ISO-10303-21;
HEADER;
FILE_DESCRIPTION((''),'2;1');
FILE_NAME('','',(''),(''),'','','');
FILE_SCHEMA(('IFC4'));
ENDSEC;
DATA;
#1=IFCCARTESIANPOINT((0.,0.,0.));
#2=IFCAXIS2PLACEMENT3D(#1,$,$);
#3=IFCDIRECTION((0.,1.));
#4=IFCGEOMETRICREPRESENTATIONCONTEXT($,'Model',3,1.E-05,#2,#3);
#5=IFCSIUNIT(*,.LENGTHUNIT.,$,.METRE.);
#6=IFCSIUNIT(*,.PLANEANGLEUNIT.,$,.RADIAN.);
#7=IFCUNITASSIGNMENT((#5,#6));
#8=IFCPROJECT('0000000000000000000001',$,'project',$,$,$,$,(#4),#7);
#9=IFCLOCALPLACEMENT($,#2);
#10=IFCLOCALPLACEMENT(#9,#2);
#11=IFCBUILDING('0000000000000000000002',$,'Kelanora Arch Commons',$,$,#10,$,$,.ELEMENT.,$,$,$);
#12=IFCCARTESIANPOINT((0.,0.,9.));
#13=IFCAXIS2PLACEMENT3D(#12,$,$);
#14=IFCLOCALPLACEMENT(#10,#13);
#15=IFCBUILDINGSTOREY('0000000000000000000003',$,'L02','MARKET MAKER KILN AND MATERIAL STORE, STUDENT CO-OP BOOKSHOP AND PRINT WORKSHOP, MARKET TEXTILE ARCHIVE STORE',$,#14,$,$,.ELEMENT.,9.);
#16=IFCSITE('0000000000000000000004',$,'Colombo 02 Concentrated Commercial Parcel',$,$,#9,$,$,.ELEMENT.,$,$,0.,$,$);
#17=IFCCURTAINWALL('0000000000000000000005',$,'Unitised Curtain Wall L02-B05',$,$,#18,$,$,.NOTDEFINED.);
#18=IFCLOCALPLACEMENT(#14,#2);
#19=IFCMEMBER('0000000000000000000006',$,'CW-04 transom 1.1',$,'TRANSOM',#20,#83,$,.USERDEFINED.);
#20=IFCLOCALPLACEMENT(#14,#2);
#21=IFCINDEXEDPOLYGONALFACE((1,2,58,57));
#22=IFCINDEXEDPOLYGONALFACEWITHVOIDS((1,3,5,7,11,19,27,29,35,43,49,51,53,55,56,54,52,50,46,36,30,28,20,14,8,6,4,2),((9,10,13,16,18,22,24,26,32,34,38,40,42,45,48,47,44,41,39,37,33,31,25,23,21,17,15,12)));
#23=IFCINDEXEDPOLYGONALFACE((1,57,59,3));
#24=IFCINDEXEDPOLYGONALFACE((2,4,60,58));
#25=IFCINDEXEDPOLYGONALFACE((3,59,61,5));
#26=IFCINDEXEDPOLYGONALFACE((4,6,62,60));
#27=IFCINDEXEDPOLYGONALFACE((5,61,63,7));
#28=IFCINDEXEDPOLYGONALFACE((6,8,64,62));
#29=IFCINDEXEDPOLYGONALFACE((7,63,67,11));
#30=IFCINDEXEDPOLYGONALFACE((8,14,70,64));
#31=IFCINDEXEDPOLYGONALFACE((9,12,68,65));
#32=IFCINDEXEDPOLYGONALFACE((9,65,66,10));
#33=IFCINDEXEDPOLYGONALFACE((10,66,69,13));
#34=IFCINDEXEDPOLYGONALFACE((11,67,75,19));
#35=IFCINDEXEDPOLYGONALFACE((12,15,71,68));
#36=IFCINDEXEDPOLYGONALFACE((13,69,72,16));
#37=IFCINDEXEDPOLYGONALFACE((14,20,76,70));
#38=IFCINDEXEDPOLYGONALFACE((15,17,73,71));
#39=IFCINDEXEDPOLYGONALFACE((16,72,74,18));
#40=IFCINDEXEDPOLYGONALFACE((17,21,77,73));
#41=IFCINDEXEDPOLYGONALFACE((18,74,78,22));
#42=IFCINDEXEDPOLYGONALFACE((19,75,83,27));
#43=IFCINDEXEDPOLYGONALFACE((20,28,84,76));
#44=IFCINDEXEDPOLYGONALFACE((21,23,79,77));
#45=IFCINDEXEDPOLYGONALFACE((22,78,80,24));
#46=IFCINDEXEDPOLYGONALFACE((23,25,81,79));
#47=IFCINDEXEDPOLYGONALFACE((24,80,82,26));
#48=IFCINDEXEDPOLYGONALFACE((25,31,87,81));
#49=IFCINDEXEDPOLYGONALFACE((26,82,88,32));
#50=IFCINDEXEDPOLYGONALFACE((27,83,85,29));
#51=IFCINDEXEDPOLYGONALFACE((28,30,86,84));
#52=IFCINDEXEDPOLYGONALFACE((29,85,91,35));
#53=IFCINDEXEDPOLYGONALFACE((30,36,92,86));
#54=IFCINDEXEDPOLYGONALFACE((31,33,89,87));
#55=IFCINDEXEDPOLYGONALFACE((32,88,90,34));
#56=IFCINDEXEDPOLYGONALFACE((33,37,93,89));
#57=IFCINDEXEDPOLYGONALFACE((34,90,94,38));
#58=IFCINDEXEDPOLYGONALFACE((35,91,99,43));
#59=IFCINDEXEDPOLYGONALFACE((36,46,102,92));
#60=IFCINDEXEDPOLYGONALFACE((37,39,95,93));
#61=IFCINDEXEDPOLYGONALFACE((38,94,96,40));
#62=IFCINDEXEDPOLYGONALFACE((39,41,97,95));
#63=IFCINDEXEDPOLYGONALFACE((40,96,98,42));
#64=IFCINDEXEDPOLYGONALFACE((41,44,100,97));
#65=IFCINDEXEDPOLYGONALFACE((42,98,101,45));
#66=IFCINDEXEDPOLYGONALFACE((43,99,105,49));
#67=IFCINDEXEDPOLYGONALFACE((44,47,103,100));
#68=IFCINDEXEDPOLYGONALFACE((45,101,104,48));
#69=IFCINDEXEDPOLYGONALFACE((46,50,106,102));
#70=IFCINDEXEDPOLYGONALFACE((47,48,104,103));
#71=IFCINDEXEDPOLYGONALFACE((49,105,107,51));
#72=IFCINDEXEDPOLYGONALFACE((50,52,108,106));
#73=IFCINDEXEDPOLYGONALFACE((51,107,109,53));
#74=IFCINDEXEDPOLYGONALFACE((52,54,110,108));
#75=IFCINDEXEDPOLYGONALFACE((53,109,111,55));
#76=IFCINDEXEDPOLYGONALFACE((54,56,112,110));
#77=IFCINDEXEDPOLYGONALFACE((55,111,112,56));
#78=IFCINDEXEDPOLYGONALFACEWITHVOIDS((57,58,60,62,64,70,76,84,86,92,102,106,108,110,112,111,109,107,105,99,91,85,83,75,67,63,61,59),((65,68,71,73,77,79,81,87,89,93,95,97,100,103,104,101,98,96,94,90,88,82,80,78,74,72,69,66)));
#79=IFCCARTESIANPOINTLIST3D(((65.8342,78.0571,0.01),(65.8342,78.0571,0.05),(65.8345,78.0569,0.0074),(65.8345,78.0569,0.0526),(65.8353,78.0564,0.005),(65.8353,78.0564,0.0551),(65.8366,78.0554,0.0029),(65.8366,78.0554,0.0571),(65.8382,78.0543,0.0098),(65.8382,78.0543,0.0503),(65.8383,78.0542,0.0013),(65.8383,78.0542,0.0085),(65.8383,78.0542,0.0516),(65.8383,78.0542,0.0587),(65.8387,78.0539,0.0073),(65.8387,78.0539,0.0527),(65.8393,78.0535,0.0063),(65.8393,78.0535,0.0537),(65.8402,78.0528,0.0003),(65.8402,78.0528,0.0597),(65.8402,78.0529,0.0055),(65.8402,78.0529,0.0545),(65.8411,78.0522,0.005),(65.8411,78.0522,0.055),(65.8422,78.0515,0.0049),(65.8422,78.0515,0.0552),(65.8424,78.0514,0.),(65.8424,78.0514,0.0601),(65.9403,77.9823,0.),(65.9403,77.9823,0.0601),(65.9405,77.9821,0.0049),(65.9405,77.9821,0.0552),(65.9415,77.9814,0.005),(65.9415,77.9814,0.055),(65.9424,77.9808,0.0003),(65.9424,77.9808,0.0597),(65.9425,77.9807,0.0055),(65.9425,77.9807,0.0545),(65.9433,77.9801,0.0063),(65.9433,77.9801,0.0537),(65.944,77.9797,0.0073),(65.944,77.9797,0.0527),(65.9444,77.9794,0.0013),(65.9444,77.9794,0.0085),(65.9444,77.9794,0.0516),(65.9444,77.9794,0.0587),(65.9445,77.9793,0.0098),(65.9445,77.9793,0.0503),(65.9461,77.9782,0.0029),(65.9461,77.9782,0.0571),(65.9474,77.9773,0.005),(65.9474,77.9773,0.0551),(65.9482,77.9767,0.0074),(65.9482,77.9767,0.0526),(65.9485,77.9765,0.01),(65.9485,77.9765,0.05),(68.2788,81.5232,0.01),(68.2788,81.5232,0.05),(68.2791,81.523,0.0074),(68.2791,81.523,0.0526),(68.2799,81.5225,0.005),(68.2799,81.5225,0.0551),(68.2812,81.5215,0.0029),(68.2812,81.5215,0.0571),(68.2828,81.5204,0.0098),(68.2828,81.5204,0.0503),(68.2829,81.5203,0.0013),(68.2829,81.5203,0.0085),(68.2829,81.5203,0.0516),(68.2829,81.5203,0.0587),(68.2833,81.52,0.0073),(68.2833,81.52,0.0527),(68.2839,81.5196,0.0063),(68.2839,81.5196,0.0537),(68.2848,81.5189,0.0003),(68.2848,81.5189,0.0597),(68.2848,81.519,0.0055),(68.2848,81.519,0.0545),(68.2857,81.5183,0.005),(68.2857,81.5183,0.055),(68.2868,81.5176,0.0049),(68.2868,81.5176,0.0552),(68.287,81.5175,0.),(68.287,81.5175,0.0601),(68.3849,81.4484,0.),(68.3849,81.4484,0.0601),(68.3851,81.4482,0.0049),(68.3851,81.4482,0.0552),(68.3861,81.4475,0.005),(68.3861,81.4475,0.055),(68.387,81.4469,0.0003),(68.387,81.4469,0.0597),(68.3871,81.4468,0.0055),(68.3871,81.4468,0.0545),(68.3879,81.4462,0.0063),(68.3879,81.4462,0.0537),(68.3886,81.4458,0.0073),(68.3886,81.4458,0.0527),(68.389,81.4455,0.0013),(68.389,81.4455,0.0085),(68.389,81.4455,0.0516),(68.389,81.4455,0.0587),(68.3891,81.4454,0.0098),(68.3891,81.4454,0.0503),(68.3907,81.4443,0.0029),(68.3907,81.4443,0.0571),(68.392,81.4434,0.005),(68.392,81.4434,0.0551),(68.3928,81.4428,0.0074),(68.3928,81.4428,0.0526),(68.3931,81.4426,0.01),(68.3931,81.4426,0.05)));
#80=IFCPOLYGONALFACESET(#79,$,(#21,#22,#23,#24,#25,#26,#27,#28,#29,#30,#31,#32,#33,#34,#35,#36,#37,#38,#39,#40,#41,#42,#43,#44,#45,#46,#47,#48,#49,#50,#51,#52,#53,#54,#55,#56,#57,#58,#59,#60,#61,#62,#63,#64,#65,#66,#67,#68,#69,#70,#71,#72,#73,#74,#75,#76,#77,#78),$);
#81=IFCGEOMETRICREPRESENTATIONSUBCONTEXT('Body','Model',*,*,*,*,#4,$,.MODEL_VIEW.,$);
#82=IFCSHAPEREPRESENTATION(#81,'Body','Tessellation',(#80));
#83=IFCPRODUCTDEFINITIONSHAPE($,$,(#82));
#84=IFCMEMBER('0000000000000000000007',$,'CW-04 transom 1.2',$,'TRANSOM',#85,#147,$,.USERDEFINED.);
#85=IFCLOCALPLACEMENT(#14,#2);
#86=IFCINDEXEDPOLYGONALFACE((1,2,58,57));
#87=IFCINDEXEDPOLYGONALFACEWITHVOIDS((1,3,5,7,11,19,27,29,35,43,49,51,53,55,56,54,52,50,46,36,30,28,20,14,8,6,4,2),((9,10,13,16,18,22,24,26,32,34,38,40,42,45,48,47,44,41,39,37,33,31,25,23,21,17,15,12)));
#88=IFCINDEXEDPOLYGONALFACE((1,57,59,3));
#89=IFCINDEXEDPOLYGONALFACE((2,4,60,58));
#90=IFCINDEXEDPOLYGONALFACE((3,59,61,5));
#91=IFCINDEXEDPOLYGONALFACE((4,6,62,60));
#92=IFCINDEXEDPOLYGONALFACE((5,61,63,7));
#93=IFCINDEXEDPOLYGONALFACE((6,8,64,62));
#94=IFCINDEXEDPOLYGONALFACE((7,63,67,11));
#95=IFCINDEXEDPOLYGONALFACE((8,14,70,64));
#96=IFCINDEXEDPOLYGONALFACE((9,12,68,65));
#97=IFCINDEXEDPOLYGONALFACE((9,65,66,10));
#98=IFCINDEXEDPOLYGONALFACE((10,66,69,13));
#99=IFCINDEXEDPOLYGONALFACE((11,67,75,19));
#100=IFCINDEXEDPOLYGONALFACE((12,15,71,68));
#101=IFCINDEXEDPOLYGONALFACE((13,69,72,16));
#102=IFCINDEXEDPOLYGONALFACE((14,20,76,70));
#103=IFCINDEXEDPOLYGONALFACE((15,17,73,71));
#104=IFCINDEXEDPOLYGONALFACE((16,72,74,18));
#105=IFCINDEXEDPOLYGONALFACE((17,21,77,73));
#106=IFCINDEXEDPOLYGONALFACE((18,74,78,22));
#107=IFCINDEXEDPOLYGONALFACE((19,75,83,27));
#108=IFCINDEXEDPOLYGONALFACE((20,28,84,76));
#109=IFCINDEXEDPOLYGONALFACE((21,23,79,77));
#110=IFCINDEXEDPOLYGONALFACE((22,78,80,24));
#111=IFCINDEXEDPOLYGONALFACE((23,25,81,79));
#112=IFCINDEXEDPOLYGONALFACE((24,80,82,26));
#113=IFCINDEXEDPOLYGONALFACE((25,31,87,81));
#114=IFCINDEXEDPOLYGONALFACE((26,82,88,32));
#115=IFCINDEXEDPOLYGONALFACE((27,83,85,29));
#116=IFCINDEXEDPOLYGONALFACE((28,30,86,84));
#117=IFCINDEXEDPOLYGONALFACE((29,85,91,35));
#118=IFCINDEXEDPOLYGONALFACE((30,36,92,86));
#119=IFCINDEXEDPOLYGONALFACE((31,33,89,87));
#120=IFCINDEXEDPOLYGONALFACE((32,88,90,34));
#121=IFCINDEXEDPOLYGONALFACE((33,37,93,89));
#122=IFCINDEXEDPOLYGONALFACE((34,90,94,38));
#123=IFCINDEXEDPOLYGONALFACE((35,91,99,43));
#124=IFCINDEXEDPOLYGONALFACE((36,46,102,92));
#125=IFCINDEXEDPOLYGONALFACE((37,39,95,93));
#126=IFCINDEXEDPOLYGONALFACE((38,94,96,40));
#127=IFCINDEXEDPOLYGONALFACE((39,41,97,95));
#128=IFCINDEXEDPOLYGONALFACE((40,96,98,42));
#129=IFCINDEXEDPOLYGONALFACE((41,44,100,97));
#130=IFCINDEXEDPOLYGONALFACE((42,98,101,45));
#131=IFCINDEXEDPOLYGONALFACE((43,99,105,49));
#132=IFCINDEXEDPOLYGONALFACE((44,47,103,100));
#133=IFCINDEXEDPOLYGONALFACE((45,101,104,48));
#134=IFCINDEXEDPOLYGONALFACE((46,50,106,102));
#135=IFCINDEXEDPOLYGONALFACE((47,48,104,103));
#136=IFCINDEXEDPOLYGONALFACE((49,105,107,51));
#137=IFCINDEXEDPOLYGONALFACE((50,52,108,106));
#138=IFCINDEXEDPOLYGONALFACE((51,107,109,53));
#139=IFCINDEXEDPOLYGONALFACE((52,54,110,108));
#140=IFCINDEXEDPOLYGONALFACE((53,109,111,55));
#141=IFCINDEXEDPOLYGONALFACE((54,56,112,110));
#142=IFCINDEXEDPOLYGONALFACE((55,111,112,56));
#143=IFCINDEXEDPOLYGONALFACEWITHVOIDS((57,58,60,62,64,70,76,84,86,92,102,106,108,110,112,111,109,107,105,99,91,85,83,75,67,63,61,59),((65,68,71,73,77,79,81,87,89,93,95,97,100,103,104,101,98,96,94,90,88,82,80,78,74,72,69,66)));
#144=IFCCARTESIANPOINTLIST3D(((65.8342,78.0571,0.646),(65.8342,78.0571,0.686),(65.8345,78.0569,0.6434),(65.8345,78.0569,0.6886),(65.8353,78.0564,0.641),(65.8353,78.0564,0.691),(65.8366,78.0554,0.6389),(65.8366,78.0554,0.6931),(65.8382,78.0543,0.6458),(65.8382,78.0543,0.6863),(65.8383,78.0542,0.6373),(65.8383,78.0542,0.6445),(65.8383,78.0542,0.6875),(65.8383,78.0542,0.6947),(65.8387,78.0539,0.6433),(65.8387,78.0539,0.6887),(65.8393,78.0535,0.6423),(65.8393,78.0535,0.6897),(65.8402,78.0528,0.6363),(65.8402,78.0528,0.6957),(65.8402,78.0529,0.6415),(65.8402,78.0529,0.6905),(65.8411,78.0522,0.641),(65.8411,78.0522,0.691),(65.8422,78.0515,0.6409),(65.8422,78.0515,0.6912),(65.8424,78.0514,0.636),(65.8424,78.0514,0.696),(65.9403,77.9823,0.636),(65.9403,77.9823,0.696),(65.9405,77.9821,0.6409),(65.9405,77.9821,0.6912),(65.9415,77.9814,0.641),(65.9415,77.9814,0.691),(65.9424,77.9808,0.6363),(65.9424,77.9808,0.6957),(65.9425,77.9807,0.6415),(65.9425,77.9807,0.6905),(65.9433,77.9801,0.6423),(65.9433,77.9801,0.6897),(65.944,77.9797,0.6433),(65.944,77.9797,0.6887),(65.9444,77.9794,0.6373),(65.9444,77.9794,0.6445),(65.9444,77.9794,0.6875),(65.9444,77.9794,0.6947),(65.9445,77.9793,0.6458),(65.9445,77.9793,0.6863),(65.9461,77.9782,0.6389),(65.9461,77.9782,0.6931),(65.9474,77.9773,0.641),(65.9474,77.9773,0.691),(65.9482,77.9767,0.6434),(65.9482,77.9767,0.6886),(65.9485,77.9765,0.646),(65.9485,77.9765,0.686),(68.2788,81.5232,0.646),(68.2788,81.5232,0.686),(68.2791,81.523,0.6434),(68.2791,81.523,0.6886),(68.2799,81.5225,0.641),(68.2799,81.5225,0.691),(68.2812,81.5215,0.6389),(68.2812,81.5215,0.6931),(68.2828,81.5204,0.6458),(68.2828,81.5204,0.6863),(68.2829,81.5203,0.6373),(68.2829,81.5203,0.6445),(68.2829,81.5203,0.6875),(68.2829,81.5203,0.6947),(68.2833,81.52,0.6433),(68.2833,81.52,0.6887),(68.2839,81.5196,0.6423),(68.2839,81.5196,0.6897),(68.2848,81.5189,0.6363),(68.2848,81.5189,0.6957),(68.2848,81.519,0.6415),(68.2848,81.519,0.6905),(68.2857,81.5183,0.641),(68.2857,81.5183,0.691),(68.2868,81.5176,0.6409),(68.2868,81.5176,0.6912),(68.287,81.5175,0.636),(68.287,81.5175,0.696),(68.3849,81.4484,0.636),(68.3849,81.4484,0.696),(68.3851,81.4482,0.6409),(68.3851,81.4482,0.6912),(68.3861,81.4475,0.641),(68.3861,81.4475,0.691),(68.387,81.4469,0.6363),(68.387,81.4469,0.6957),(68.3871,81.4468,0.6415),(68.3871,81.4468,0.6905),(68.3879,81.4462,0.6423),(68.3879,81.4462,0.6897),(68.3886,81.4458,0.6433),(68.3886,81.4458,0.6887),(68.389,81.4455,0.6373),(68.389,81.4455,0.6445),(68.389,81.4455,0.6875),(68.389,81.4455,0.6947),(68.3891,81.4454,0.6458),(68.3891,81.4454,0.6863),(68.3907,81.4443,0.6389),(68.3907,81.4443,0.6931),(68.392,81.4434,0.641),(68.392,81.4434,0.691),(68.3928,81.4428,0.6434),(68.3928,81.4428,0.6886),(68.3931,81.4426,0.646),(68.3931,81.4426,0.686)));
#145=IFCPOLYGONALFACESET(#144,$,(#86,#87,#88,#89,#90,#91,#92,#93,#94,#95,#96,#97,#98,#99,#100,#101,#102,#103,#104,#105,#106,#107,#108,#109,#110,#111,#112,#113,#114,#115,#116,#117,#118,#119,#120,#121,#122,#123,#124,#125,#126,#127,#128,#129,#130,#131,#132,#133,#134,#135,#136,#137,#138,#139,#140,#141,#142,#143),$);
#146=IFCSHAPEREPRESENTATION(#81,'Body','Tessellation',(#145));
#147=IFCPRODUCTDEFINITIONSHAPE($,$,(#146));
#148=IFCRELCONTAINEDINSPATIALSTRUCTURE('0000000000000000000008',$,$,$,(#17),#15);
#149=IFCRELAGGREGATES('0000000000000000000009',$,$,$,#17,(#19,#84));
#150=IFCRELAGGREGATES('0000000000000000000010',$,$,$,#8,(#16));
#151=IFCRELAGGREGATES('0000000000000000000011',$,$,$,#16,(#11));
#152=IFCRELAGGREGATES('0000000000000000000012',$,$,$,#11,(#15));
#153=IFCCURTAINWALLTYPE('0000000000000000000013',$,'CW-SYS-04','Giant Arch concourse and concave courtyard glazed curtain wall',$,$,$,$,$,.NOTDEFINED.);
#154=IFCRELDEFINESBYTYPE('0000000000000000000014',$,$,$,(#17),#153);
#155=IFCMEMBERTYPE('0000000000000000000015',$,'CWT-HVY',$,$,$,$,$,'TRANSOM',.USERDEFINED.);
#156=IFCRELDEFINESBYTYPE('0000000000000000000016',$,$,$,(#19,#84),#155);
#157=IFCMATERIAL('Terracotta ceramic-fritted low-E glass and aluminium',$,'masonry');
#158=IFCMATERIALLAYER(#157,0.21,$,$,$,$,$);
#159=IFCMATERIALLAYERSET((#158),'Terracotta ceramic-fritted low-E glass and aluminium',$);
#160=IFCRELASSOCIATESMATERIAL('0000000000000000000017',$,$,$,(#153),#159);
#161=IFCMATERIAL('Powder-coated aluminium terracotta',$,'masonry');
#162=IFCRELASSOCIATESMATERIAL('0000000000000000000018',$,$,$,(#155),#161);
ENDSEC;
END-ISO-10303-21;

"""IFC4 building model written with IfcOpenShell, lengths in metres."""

from ifc_helpers import new_model, si_unit, direction, frame, origin, origin_2d, place, context, subcontext, project, spatial, hollow_rectangle, extrude, material, layer, layer_set, material_profile, profile_set, type_object, element, aggregate, save


model = new_model("IFC4")

# Units and contexts
model_context = context("Model", 3, precision=1e-05, world=origin(), true_north=direction((0.0, 1.0)))
body_context = subcontext(model_context, "Body", "Model", "MODEL_VIEW")
ifc_project = project(units=[si_unit("LENGTHUNIT", "METRE"), si_unit("PLANEANGLEUNIT", "RADIAN")], contexts=[model_context])

# Site, building, storey
site_placement = place(None, origin())
site = spatial("IfcSite", under=ifc_project, at=site_placement, Name="Colombo 02 Concentrated Commercial Parcel", CompositionType="ELEMENT", RefElevation=0.0)
building_placement = place(site_placement, origin())
building = spatial("IfcBuilding", under=site, at=building_placement, Name="Kelanora Arch Commons", CompositionType="ELEMENT")
storey_placement = place(building_placement, frame((0.0, 0.0, 9.0)))
storey = spatial("IfcBuildingStorey", under=building, at=storey_placement, Name="L02", Description="MARKET MAKER KILN AND MATERIAL STORE, STUDENT CO-OP BOOKSHOP AND PRINT WORKSHOP, MARKET TEXTILE ARCHIVE STORE", CompositionType="ELEMENT", Elevation=9.0)

# Curtain wall
ifc_material_1 = material(Name="Terracotta ceramic-fritted low-E glass and aluminium", Category="masonry")
ifc_layer_1 = layer(ifc_material_1, 0.21)
ifc_layer_set_1 = layer_set([ifc_layer_1], Name="Terracotta ceramic-fritted low-E glass and aluminium")
curtain_wall_type = type_object("IfcCurtainWallType", Name="CW-SYS-04", Description="Giant Arch concourse and concave courtyard glazed curtain wall", PredefinedType="NOTDEFINED", material=ifc_layer_set_1)
curtain_wall_1_placement = place(storey_placement, origin())
curtain_wall_1 = element("IfcCurtainWall", 1, at=curtain_wall_1_placement, inside=storey, type_object=curtain_wall_type, Name="Unitised Curtain Wall L02-B05", PredefinedType="NOTDEFINED")
ifc_material_2 = material(Name="Powder-coated aluminium terracotta", Category="masonry")

# Members
ifc_material_profile_1 = material_profile(ifc_material_2, hollow_rectangle(XDim=0.1399, YDim=0.0601, WallThickness=0.0049, InnerFilletRadius=0.0049, OuterFilletRadius=0.01, at=origin_2d()), Name="CWT140x60")
ifc_profile_set_1 = profile_set([ifc_material_profile_1], Name="Powder-coated aluminium terracotta")
member_type_1 = type_object("IfcMemberType", Name="CWT-HVY", ElementType="TRANSOM", PredefinedType="USERDEFINED", material=ifc_profile_set_1)
member_1_placement = place(storey_placement, frame((68.3359, 81.4829, 0.03), z_axis=(-0.57636, -0.817196, 0.0), x_axis=(0.817196, -0.57636, 0.0)))
member_1 = element("IfcMember", 2, at=member_1_placement, type_object=member_type_1, Name="CW-04 transom 1.1", ObjectType="TRANSOM", PredefinedType="USERDEFINED", context=body_context, shape_type="SweptSolid", body=[
    extrude(hollow_rectangle(XDim=0.1399, YDim=0.0601, WallThickness=0.0049, InnerFilletRadius=0.0049, OuterFilletRadius=0.01, at=origin_2d()), origin(), (0.0, 0.0, 1.0), 4.2415),
])
member_2_placement = place(storey_placement, frame((68.3359, 81.4829, 0.666), z_axis=(-0.57636, -0.817196, 0.0), x_axis=(0.817196, -0.57636, 0.0)))
member_2 = element("IfcMember", 3, at=member_2_placement, type_object=member_type_1, Name="CW-04 transom 1.2", ObjectType="TRANSOM", PredefinedType="USERDEFINED", context=body_context, shape_type="SweptSolid", body=[
    extrude(hollow_rectangle(XDim=0.1399, YDim=0.0601, WallThickness=0.0049, InnerFilletRadius=0.0049, OuterFilletRadius=0.01, at=origin_2d()), origin(), (0.0, 0.0, 1.0), 4.2415),
])

aggregate(curtain_wall_1, [member_1, member_2])

save(model, "model.ifc")
